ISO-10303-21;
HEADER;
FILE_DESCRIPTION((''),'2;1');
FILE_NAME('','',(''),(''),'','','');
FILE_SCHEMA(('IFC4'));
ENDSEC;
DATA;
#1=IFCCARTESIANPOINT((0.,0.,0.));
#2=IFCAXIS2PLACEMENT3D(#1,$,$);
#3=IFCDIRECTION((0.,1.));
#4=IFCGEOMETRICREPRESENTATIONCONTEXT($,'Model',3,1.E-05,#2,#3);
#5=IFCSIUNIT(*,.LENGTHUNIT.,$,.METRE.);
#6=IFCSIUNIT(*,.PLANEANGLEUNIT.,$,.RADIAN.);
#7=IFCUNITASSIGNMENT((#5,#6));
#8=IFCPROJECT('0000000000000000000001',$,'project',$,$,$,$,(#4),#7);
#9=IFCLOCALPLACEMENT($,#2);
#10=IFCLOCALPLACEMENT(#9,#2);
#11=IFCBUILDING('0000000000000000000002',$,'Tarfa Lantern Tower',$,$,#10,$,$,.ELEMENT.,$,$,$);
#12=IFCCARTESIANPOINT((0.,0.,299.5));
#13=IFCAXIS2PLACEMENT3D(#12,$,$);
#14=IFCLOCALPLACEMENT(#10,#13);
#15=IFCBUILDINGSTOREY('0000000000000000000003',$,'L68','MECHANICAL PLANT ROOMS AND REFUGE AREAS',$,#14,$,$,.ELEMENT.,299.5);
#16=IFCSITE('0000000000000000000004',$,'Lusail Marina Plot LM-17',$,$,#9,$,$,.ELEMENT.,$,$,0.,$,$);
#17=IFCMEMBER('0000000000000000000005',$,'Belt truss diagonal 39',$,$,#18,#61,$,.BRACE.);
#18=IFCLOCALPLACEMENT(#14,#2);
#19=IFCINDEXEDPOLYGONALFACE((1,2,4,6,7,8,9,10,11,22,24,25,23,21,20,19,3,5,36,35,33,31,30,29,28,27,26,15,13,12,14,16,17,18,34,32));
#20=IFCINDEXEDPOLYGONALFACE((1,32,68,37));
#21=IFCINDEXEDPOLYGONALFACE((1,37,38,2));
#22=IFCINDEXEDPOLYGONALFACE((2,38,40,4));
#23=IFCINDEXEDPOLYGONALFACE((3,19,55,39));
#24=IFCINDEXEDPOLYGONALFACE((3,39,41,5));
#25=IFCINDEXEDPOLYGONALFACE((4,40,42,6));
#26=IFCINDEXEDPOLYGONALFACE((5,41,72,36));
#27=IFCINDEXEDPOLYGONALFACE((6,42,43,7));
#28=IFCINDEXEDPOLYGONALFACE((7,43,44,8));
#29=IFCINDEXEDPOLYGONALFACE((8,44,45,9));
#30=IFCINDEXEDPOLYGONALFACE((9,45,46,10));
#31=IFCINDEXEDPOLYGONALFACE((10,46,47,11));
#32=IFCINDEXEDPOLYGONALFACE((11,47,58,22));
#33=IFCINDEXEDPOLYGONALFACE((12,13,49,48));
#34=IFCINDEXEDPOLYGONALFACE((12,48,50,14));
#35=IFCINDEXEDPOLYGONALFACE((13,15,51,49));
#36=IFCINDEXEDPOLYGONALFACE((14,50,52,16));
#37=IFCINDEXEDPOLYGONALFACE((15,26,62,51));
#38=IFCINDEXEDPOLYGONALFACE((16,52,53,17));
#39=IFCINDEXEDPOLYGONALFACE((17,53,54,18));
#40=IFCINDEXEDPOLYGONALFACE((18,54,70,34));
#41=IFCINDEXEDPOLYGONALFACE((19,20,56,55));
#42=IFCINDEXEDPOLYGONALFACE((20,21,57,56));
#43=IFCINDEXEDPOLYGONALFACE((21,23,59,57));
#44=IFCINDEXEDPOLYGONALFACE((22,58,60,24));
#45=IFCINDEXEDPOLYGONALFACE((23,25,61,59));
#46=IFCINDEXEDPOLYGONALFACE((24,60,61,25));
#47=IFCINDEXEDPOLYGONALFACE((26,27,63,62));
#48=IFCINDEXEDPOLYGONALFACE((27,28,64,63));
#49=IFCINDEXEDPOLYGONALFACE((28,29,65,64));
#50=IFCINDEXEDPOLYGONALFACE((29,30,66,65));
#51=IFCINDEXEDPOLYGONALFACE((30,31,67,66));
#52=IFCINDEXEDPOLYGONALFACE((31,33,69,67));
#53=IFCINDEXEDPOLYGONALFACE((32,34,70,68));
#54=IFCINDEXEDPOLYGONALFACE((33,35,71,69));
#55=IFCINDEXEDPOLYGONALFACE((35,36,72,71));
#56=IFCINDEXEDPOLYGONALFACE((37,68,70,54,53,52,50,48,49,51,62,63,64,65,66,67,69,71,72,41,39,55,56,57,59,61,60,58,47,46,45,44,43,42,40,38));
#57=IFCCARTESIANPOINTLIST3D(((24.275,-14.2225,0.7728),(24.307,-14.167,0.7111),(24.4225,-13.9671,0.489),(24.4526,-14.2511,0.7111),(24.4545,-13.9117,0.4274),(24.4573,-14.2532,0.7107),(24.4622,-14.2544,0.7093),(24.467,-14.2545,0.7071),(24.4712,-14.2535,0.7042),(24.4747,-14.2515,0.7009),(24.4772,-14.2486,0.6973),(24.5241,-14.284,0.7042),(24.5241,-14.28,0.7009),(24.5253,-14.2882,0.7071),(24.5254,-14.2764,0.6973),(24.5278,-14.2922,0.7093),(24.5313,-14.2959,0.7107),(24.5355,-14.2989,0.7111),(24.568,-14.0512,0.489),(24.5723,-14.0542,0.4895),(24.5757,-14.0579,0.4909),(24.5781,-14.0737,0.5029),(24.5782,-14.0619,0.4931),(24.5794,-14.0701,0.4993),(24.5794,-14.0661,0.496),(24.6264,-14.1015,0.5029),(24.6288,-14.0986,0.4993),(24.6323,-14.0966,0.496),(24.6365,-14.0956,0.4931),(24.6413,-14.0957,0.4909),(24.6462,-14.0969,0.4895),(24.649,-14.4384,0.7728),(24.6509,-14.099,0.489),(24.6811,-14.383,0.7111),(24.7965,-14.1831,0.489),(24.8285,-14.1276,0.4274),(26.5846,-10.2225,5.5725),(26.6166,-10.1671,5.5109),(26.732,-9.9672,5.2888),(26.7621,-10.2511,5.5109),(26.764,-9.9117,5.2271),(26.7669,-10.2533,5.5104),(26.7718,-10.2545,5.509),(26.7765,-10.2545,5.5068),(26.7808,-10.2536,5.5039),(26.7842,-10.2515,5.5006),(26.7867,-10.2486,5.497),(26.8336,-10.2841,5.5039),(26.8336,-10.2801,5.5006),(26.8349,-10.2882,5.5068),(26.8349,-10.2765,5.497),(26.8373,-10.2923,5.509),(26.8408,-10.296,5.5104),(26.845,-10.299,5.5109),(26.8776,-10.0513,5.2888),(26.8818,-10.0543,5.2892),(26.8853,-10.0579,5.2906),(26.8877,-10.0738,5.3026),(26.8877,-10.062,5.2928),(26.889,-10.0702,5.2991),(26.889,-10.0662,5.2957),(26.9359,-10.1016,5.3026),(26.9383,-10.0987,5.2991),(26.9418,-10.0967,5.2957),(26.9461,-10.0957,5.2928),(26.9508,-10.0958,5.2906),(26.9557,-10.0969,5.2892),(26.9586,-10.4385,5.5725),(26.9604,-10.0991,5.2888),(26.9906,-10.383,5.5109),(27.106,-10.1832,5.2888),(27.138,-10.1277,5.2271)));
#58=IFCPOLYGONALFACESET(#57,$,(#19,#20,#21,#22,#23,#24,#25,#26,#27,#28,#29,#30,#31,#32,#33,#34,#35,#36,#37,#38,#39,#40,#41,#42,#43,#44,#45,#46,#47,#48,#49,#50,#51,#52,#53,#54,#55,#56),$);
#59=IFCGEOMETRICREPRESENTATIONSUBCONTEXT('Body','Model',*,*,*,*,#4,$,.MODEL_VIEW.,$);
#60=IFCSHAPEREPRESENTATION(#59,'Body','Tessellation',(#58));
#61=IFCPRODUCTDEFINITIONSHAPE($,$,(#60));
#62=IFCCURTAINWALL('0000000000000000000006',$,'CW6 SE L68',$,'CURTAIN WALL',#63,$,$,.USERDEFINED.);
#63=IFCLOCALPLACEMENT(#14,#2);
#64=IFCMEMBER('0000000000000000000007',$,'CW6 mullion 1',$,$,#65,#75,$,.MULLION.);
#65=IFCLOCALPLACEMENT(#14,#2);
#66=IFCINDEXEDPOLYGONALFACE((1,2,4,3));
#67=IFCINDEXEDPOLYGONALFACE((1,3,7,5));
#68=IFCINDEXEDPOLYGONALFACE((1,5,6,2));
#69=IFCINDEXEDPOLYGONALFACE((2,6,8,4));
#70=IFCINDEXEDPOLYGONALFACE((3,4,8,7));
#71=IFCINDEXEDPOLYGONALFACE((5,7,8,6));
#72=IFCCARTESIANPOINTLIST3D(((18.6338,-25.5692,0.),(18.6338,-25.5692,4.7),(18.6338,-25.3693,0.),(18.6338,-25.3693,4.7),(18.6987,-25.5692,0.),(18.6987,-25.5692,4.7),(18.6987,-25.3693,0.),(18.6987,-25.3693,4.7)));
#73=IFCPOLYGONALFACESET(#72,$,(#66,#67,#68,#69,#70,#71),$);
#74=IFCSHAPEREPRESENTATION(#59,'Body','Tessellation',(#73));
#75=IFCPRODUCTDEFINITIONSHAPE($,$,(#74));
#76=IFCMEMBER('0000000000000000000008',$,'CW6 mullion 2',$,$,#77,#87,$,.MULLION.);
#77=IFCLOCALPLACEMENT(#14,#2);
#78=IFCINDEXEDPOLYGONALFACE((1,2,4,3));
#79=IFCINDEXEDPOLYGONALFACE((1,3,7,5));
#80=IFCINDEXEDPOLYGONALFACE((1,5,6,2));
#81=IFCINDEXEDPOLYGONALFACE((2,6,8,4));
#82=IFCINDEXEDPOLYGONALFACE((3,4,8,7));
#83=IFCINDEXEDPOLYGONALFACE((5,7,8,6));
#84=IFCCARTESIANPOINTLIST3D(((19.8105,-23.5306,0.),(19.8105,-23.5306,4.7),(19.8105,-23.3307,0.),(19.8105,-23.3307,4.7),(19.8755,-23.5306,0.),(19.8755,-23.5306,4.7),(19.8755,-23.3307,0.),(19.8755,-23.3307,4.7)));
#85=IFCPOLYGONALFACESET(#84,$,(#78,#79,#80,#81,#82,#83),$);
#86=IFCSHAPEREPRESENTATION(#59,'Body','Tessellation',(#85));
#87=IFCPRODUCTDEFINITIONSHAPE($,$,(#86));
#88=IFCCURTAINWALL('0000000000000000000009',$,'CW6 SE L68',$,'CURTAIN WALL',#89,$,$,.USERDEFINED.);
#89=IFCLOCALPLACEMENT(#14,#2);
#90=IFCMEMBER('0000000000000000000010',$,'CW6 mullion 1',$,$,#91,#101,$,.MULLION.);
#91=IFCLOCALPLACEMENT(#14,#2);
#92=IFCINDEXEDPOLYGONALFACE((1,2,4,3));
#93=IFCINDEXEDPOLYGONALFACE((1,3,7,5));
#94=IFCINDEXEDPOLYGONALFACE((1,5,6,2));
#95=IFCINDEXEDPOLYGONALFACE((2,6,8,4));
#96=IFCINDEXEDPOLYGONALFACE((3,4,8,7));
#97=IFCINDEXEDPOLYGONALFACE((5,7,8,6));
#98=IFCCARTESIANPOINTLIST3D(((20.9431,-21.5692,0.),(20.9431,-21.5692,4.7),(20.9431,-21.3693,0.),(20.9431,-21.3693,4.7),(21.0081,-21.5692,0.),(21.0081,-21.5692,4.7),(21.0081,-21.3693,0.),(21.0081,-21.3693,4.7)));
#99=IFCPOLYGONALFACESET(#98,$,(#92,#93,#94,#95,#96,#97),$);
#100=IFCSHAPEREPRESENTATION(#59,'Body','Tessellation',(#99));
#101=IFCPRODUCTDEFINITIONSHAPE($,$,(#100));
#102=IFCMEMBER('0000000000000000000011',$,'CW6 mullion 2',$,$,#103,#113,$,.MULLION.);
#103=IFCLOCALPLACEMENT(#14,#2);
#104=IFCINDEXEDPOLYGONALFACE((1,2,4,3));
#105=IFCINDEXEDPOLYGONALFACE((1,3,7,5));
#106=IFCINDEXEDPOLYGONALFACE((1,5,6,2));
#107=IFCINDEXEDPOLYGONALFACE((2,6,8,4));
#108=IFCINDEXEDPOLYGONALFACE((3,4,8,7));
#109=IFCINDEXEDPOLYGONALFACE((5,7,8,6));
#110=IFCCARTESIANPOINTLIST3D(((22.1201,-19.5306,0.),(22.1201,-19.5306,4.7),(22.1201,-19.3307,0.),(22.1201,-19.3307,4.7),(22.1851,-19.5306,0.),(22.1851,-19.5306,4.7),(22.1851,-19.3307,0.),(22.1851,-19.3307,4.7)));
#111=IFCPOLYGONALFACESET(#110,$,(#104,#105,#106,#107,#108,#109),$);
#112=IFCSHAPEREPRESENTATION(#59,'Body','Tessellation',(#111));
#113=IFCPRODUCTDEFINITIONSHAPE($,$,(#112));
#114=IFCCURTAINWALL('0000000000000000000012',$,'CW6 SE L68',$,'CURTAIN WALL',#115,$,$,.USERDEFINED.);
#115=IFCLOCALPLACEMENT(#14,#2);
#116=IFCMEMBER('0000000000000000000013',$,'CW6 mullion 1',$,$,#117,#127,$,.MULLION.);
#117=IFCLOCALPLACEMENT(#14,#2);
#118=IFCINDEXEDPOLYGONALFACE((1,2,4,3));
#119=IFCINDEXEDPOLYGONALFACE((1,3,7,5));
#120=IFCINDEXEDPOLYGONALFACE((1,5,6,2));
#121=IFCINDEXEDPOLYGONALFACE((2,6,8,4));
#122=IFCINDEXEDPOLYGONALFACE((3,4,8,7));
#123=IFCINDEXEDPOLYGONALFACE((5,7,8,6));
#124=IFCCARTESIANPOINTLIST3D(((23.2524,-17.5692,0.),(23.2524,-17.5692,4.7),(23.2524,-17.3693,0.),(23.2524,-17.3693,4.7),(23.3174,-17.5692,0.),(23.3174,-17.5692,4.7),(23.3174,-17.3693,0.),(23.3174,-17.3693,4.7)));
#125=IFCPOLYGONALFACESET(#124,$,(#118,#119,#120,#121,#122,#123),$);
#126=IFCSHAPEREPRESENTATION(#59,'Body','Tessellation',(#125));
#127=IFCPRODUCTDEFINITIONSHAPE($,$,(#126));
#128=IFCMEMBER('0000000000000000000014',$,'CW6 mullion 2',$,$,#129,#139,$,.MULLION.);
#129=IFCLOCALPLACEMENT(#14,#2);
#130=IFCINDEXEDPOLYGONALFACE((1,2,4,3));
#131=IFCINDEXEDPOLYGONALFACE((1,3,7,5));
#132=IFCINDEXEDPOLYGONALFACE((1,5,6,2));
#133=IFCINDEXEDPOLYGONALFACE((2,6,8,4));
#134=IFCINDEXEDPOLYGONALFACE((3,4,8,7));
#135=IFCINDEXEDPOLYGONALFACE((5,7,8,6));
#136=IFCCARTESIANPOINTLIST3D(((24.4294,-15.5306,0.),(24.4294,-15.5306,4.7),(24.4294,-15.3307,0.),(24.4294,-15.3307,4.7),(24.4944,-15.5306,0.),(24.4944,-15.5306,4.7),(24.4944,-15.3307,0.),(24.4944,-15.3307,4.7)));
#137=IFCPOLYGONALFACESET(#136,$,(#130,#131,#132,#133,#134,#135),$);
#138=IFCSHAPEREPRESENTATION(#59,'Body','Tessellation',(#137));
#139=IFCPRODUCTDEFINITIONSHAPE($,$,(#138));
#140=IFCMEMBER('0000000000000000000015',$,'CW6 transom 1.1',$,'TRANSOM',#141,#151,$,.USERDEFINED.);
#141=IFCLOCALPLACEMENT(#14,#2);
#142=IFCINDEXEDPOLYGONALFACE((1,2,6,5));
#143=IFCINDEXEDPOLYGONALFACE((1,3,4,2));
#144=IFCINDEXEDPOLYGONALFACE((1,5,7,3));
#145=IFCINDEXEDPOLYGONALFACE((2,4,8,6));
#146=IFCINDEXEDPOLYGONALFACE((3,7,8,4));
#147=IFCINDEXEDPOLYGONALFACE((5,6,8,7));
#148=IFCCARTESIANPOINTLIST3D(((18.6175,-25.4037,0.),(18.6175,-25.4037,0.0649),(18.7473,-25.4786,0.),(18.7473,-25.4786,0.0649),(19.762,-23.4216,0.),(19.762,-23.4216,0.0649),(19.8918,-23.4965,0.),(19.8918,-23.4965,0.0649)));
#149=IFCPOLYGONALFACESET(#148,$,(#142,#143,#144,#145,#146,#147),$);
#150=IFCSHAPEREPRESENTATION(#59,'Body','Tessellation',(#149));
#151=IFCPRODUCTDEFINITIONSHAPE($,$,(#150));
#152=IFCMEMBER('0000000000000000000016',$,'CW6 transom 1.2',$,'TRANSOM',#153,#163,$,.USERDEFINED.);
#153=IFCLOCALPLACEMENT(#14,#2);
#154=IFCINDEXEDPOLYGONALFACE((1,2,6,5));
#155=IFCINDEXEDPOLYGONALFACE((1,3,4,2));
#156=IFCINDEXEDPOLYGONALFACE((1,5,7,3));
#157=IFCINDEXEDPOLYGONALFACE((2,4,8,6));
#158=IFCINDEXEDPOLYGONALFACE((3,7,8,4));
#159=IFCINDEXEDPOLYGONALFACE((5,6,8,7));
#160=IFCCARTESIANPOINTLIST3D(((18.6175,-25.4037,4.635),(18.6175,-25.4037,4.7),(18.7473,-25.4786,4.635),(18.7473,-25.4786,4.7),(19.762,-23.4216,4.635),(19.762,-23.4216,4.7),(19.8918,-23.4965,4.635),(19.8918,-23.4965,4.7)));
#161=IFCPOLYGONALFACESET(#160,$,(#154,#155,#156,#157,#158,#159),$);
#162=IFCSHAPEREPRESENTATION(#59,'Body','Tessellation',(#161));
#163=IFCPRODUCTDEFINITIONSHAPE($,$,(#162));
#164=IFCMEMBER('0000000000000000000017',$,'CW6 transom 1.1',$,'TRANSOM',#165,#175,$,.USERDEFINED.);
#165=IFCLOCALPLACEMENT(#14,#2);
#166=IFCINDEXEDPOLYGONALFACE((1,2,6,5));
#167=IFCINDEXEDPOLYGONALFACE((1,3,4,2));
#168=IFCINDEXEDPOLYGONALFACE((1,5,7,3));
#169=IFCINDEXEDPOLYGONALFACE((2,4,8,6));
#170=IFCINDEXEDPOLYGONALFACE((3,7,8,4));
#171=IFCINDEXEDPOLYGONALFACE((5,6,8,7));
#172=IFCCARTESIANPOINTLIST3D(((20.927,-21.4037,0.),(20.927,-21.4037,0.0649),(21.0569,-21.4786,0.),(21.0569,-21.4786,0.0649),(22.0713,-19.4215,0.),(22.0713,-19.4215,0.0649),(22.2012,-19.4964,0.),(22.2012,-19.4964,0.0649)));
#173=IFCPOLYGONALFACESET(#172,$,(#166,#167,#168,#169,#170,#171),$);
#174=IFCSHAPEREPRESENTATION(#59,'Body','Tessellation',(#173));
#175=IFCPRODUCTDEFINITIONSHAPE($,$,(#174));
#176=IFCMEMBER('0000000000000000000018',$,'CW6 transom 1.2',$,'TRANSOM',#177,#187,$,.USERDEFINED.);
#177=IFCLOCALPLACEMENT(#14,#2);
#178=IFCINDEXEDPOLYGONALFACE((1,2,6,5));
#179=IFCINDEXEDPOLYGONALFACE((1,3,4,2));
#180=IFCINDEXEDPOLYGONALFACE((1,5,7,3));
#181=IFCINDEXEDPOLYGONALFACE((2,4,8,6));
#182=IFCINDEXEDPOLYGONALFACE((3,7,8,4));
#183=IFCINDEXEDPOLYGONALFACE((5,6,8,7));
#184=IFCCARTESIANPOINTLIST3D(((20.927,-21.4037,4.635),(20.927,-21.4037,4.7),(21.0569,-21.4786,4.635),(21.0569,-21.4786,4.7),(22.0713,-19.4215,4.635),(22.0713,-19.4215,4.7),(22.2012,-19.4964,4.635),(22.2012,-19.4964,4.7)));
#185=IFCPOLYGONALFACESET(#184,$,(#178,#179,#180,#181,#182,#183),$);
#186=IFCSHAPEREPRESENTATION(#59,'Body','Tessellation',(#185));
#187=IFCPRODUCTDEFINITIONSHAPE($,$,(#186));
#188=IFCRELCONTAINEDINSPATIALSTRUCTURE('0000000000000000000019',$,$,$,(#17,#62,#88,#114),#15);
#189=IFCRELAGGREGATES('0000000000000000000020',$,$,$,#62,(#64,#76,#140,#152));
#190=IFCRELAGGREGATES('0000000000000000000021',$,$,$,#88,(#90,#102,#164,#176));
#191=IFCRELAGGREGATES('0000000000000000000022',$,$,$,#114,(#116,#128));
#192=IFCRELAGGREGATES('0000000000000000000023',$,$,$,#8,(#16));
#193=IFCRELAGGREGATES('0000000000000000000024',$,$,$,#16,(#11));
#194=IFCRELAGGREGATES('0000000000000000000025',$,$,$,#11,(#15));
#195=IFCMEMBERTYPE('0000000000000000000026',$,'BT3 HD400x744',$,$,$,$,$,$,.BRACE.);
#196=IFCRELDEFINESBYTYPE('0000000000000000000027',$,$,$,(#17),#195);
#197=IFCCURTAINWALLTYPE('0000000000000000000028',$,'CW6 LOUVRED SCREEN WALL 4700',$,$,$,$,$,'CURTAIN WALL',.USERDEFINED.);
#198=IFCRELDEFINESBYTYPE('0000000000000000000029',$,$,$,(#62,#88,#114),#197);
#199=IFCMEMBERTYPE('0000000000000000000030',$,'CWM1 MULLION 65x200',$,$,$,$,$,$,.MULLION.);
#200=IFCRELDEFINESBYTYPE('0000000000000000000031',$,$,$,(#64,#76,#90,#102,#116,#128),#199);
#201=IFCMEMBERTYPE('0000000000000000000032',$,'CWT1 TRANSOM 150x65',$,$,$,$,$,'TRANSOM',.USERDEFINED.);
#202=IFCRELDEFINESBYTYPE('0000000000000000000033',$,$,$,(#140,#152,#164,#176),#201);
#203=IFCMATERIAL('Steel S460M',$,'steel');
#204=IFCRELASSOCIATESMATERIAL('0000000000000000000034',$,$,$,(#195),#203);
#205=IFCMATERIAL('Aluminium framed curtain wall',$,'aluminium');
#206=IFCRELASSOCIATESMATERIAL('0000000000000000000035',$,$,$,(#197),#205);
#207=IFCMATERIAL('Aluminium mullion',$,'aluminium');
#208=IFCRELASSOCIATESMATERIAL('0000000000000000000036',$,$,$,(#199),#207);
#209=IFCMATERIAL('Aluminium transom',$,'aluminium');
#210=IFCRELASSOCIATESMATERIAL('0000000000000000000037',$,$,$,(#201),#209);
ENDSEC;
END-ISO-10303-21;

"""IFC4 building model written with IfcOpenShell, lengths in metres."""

from ifc_helpers import new_model, si_unit, direction, frame, origin, origin_2d, place, context, subcontext, project, spatial, rectangle, i_section, extrude, material, material_profile, profile_set, type_object, element, aggregate, save


model = new_model("IFC4")

# Units and contexts
model_context = context("Model", 3, precision=1e-05, world=origin(), true_north=direction((0.0, 1.0)))
body_context = subcontext(model_context, "Body", "Model", "MODEL_VIEW")
ifc_project = project(units=[si_unit("LENGTHUNIT", "METRE"), si_unit("PLANEANGLEUNIT", "RADIAN")], contexts=[model_context])

# Site, building, storey
site_placement = place(None, origin())
site = spatial("IfcSite", under=ifc_project, at=site_placement, Name="Lusail Marina Plot LM-17", CompositionType="ELEMENT", RefElevation=0.0)
building_placement = place(site_placement, origin())
building = spatial("IfcBuilding", under=site, at=building_placement, Name="Tarfa Lantern Tower", CompositionType="ELEMENT")
storey_placement = place(building_placement, frame((0.0, 0.0, 299.5)))
storey = spatial("IfcBuildingStorey", under=building, at=storey_placement, Name="L68", Description="MECHANICAL PLANT ROOMS AND REFUGE AREAS", CompositionType="ELEMENT", Elevation=299.5)

# Member
ifc_material_1 = material(Name="Steel S460M", Category="steel")
ifc_material_profile_1 = material_profile(ifc_material_1, i_section(OverallWidth=0.4319, OverallDepth=0.498, WebThickness=0.0557, FlangeThickness=0.0889, FilletRadius=0.02, at=origin_2d()), Name="HD400x744")
ifc_profile_set_1 = profile_set([ifc_material_profile_1], Name="Steel S460M")
member_type_1 = type_object("IfcMemberType", Name="BT3 HD400x744", PredefinedType="BRACE", material=ifc_profile_set_1)
for number, where, z_axis, x_axis, name in (
    (1, (24.5518, -14.175, 0.6001), (0.346717, 0.600488, 0.720556), (-0.86601, 0.500027, 0.0), "Belt truss diagonal 39"),
):
    element("IfcMember", number, at=place(storey_placement, frame(where, z_axis=z_axis, x_axis=x_axis)), inside=storey, type_object=member_type_1, Name=name, PredefinedType="BRACE", context=body_context, shape_type="SweptSolid", body=[
        extrude(i_section(OverallWidth=0.4319, OverallDepth=0.498, WebThickness=0.0557, FlangeThickness=0.0889, FilletRadius=0.02, at=origin_2d()), origin(), (0.0, 0.0, 1.0), 6.6611),
    ])

# Curtain walls, members
ifc_material_2 = material(Name="Aluminium framed curtain wall", Category="aluminium")
curtain_wall_type = type_object("IfcCurtainWallType", Name="CW6 LOUVRED SCREEN WALL 4700", ElementType="CURTAIN WALL", PredefinedType="USERDEFINED", material=ifc_material_2)
curtain_wall_1_placement = place(storey_placement, origin())
curtain_wall_1 = element("IfcCurtainWall", 2, at=curtain_wall_1_placement, inside=storey, type_object=curtain_wall_type, Name="CW6 SE L68", ObjectType="CURTAIN WALL", PredefinedType="USERDEFINED")
ifc_material_3 = material(Name="Aluminium mullion", Category="aluminium")
ifc_material_profile_2 = material_profile(ifc_material_3, rectangle(XDim=0.0649, YDim=0.2, at=origin_2d()), Name="AL MULLION 65x200")
ifc_profile_set_2 = profile_set([ifc_material_profile_2], Name="Aluminium mullion")
member_type_2 = type_object("IfcMemberType", Name="CWM1 MULLION 65x200", PredefinedType="MULLION", material=ifc_profile_set_2)
member_1_placement = place(storey_placement, frame((18.6663, -25.4692, 0.0), z_axis=(0.0, 0.0, 1.0), x_axis=(1.0, 0.0, 0.0)))
member_1 = element("IfcMember", 3, at=member_1_placement, type_object=member_type_2, Name="CW6 mullion 1", PredefinedType="MULLION", context=body_context, shape_type="SweptSolid", body=[
    extrude(rectangle(XDim=0.0649, YDim=0.2, at=origin_2d()), origin(), (0.0, 0.0, 1.0), 4.7),
])
member_2_placement = place(storey_placement, frame((19.843, -23.4307, 0.0), z_axis=(0.0, 0.0, 1.0), x_axis=(1.0, 0.0, 0.0)))
member_2 = element("IfcMember", 4, at=member_2_placement, type_object=member_type_2, Name="CW6 mullion 2", PredefinedType="MULLION", context=body_context, shape_type="SweptSolid", body=[
    extrude(rectangle(XDim=0.0649, YDim=0.2, at=origin_2d()), origin(), (0.0, 0.0, 1.0), 4.7),
])
curtain_wall_2_placement = place(storey_placement, origin())
curtain_wall_2 = element("IfcCurtainWall", 5, at=curtain_wall_2_placement, inside=storey, type_object=curtain_wall_type, Name="CW6 SE L68", ObjectType="CURTAIN WALL", PredefinedType="USERDEFINED")
member_3_placement = place(storey_placement, frame((20.9756, -21.4692, 0.0), z_axis=(0.0, 0.0, 1.0), x_axis=(1.0, 0.0, 0.0)))
member_3 = element("IfcMember", 6, at=member_3_placement, type_object=member_type_2, Name="CW6 mullion 1", PredefinedType="MULLION", context=body_context, shape_type="SweptSolid", body=[
    extrude(rectangle(XDim=0.0649, YDim=0.2, at=origin_2d()), origin(), (0.0, 0.0, 1.0), 4.7),
])
member_4_placement = place(storey_placement, frame((22.1526, -19.4307, 0.0), z_axis=(0.0, 0.0, 1.0), x_axis=(1.0, 0.0, 0.0)))
member_4 = element("IfcMember", 7, at=member_4_placement, type_object=member_type_2, Name="CW6 mullion 2", PredefinedType="MULLION", context=body_context, shape_type="SweptSolid", body=[
    extrude(rectangle(XDim=0.0649, YDim=0.2, at=origin_2d()), origin(), (0.0, 0.0, 1.0), 4.7),
])
curtain_wall_3_placement = place(storey_placement, origin())
curtain_wall_3 = element("IfcCurtainWall", 8, at=curtain_wall_3_placement, inside=storey, type_object=curtain_wall_type, Name="CW6 SE L68", ObjectType="CURTAIN WALL", PredefinedType="USERDEFINED")
member_5_placement = place(storey_placement, frame((23.2849, -17.4692, 0.0), z_axis=(0.0, 0.0, 1.0), x_axis=(1.0, 0.0, 0.0)))
member_5 = element("IfcMember", 9, at=member_5_placement, type_object=member_type_2, Name="CW6 mullion 1", PredefinedType="MULLION", context=body_context, shape_type="SweptSolid", body=[
    extrude(rectangle(XDim=0.0649, YDim=0.2, at=origin_2d()), origin(), (0.0, 0.0, 1.0), 4.7),
])
member_6_placement = place(storey_placement, frame((24.4619, -15.4307, 0.0), z_axis=(0.0, 0.0, 1.0), x_axis=(1.0, 0.0, 0.0)))
member_6 = element("IfcMember", 10, at=member_6_placement, type_object=member_type_2, Name="CW6 mullion 2", PredefinedType="MULLION", context=body_context, shape_type="SweptSolid", body=[
    extrude(rectangle(XDim=0.0649, YDim=0.2, at=origin_2d()), origin(), (0.0, 0.0, 1.0), 4.7),
])

# Members
ifc_material_4 = material(Name="Aluminium transom", Category="aluminium")
ifc_material_profile_3 = material_profile(ifc_material_4, rectangle(XDim=0.1499, YDim=0.0649, at=origin_2d()), Name="AL TRANSOM 150x65")
ifc_profile_set_3 = profile_set([ifc_material_profile_3], Name="Aluminium transom")
member_type_3 = type_object("IfcMemberType", Name="CWT1 TRANSOM 150x65", ElementType="TRANSOM", PredefinedType="USERDEFINED", material=ifc_profile_set_3)
member_7_placement = place(storey_placement, frame((18.6824, -25.4412, 0.0325), z_axis=(0.500039, 0.866003, 0.0), x_axis=(-0.866003, 0.500039, 0.0)))
member_7 = element("IfcMember", 11, at=member_7_placement, type_object=member_type_3, Name="CW6 transom 1.1", ObjectType="TRANSOM", PredefinedType="USERDEFINED", context=body_context, shape_type="SweptSolid", body=[
    extrude(rectangle(XDim=0.1499, YDim=0.0649, at=origin_2d()), origin(), (0.0, 0.0, 1.0), 2.2888),
])
member_8_placement = place(storey_placement, frame((18.6824, -25.4412, 4.6675), z_axis=(0.500039, 0.866003, 0.0), x_axis=(-0.866003, 0.500039, 0.0)))
member_8 = element("IfcMember", 12, at=member_8_placement, type_object=member_type_3, Name="CW6 transom 1.2", ObjectType="TRANSOM", PredefinedType="USERDEFINED", context=body_context, shape_type="SweptSolid", body=[
    extrude(rectangle(XDim=0.1499, YDim=0.0649, at=origin_2d()), origin(), (0.0, 0.0, 1.0), 2.2888),
])
member_9_placement = place(storey_placement, frame((20.9919, -21.4412, 0.0325), z_axis=(0.499959, 0.866049, 0.0), x_axis=(-0.866049, 0.499959, 0.0)))
member_9 = element("IfcMember", 13, at=member_9_placement, type_object=member_type_3, Name="CW6 transom 1.1", ObjectType="TRANSOM", PredefinedType="USERDEFINED", context=body_context, shape_type="SweptSolid", body=[
    extrude(rectangle(XDim=0.1499, YDim=0.0649, at=origin_2d()), origin(), (0.0, 0.0, 1.0), 2.2888),
])
member_10_placement = place(storey_placement, frame((20.9919, -21.4412, 4.6675), z_axis=(0.499959, 0.866049, 0.0), x_axis=(-0.866049, 0.499959, 0.0)))
member_10 = element("IfcMember", 14, at=member_10_placement, type_object=member_type_3, Name="CW6 transom 1.2", ObjectType="TRANSOM", PredefinedType="USERDEFINED", context=body_context, shape_type="SweptSolid", body=[
    extrude(rectangle(XDim=0.1499, YDim=0.0649, at=origin_2d()), origin(), (0.0, 0.0, 1.0), 2.2888),
])

aggregate(curtain_wall_1, [member_1, member_2, member_7, member_8])
aggregate(curtain_wall_2, [member_3, member_4, member_9, member_10])
aggregate(curtain_wall_3, [member_5, member_6])

save(model, "model.ifc")
